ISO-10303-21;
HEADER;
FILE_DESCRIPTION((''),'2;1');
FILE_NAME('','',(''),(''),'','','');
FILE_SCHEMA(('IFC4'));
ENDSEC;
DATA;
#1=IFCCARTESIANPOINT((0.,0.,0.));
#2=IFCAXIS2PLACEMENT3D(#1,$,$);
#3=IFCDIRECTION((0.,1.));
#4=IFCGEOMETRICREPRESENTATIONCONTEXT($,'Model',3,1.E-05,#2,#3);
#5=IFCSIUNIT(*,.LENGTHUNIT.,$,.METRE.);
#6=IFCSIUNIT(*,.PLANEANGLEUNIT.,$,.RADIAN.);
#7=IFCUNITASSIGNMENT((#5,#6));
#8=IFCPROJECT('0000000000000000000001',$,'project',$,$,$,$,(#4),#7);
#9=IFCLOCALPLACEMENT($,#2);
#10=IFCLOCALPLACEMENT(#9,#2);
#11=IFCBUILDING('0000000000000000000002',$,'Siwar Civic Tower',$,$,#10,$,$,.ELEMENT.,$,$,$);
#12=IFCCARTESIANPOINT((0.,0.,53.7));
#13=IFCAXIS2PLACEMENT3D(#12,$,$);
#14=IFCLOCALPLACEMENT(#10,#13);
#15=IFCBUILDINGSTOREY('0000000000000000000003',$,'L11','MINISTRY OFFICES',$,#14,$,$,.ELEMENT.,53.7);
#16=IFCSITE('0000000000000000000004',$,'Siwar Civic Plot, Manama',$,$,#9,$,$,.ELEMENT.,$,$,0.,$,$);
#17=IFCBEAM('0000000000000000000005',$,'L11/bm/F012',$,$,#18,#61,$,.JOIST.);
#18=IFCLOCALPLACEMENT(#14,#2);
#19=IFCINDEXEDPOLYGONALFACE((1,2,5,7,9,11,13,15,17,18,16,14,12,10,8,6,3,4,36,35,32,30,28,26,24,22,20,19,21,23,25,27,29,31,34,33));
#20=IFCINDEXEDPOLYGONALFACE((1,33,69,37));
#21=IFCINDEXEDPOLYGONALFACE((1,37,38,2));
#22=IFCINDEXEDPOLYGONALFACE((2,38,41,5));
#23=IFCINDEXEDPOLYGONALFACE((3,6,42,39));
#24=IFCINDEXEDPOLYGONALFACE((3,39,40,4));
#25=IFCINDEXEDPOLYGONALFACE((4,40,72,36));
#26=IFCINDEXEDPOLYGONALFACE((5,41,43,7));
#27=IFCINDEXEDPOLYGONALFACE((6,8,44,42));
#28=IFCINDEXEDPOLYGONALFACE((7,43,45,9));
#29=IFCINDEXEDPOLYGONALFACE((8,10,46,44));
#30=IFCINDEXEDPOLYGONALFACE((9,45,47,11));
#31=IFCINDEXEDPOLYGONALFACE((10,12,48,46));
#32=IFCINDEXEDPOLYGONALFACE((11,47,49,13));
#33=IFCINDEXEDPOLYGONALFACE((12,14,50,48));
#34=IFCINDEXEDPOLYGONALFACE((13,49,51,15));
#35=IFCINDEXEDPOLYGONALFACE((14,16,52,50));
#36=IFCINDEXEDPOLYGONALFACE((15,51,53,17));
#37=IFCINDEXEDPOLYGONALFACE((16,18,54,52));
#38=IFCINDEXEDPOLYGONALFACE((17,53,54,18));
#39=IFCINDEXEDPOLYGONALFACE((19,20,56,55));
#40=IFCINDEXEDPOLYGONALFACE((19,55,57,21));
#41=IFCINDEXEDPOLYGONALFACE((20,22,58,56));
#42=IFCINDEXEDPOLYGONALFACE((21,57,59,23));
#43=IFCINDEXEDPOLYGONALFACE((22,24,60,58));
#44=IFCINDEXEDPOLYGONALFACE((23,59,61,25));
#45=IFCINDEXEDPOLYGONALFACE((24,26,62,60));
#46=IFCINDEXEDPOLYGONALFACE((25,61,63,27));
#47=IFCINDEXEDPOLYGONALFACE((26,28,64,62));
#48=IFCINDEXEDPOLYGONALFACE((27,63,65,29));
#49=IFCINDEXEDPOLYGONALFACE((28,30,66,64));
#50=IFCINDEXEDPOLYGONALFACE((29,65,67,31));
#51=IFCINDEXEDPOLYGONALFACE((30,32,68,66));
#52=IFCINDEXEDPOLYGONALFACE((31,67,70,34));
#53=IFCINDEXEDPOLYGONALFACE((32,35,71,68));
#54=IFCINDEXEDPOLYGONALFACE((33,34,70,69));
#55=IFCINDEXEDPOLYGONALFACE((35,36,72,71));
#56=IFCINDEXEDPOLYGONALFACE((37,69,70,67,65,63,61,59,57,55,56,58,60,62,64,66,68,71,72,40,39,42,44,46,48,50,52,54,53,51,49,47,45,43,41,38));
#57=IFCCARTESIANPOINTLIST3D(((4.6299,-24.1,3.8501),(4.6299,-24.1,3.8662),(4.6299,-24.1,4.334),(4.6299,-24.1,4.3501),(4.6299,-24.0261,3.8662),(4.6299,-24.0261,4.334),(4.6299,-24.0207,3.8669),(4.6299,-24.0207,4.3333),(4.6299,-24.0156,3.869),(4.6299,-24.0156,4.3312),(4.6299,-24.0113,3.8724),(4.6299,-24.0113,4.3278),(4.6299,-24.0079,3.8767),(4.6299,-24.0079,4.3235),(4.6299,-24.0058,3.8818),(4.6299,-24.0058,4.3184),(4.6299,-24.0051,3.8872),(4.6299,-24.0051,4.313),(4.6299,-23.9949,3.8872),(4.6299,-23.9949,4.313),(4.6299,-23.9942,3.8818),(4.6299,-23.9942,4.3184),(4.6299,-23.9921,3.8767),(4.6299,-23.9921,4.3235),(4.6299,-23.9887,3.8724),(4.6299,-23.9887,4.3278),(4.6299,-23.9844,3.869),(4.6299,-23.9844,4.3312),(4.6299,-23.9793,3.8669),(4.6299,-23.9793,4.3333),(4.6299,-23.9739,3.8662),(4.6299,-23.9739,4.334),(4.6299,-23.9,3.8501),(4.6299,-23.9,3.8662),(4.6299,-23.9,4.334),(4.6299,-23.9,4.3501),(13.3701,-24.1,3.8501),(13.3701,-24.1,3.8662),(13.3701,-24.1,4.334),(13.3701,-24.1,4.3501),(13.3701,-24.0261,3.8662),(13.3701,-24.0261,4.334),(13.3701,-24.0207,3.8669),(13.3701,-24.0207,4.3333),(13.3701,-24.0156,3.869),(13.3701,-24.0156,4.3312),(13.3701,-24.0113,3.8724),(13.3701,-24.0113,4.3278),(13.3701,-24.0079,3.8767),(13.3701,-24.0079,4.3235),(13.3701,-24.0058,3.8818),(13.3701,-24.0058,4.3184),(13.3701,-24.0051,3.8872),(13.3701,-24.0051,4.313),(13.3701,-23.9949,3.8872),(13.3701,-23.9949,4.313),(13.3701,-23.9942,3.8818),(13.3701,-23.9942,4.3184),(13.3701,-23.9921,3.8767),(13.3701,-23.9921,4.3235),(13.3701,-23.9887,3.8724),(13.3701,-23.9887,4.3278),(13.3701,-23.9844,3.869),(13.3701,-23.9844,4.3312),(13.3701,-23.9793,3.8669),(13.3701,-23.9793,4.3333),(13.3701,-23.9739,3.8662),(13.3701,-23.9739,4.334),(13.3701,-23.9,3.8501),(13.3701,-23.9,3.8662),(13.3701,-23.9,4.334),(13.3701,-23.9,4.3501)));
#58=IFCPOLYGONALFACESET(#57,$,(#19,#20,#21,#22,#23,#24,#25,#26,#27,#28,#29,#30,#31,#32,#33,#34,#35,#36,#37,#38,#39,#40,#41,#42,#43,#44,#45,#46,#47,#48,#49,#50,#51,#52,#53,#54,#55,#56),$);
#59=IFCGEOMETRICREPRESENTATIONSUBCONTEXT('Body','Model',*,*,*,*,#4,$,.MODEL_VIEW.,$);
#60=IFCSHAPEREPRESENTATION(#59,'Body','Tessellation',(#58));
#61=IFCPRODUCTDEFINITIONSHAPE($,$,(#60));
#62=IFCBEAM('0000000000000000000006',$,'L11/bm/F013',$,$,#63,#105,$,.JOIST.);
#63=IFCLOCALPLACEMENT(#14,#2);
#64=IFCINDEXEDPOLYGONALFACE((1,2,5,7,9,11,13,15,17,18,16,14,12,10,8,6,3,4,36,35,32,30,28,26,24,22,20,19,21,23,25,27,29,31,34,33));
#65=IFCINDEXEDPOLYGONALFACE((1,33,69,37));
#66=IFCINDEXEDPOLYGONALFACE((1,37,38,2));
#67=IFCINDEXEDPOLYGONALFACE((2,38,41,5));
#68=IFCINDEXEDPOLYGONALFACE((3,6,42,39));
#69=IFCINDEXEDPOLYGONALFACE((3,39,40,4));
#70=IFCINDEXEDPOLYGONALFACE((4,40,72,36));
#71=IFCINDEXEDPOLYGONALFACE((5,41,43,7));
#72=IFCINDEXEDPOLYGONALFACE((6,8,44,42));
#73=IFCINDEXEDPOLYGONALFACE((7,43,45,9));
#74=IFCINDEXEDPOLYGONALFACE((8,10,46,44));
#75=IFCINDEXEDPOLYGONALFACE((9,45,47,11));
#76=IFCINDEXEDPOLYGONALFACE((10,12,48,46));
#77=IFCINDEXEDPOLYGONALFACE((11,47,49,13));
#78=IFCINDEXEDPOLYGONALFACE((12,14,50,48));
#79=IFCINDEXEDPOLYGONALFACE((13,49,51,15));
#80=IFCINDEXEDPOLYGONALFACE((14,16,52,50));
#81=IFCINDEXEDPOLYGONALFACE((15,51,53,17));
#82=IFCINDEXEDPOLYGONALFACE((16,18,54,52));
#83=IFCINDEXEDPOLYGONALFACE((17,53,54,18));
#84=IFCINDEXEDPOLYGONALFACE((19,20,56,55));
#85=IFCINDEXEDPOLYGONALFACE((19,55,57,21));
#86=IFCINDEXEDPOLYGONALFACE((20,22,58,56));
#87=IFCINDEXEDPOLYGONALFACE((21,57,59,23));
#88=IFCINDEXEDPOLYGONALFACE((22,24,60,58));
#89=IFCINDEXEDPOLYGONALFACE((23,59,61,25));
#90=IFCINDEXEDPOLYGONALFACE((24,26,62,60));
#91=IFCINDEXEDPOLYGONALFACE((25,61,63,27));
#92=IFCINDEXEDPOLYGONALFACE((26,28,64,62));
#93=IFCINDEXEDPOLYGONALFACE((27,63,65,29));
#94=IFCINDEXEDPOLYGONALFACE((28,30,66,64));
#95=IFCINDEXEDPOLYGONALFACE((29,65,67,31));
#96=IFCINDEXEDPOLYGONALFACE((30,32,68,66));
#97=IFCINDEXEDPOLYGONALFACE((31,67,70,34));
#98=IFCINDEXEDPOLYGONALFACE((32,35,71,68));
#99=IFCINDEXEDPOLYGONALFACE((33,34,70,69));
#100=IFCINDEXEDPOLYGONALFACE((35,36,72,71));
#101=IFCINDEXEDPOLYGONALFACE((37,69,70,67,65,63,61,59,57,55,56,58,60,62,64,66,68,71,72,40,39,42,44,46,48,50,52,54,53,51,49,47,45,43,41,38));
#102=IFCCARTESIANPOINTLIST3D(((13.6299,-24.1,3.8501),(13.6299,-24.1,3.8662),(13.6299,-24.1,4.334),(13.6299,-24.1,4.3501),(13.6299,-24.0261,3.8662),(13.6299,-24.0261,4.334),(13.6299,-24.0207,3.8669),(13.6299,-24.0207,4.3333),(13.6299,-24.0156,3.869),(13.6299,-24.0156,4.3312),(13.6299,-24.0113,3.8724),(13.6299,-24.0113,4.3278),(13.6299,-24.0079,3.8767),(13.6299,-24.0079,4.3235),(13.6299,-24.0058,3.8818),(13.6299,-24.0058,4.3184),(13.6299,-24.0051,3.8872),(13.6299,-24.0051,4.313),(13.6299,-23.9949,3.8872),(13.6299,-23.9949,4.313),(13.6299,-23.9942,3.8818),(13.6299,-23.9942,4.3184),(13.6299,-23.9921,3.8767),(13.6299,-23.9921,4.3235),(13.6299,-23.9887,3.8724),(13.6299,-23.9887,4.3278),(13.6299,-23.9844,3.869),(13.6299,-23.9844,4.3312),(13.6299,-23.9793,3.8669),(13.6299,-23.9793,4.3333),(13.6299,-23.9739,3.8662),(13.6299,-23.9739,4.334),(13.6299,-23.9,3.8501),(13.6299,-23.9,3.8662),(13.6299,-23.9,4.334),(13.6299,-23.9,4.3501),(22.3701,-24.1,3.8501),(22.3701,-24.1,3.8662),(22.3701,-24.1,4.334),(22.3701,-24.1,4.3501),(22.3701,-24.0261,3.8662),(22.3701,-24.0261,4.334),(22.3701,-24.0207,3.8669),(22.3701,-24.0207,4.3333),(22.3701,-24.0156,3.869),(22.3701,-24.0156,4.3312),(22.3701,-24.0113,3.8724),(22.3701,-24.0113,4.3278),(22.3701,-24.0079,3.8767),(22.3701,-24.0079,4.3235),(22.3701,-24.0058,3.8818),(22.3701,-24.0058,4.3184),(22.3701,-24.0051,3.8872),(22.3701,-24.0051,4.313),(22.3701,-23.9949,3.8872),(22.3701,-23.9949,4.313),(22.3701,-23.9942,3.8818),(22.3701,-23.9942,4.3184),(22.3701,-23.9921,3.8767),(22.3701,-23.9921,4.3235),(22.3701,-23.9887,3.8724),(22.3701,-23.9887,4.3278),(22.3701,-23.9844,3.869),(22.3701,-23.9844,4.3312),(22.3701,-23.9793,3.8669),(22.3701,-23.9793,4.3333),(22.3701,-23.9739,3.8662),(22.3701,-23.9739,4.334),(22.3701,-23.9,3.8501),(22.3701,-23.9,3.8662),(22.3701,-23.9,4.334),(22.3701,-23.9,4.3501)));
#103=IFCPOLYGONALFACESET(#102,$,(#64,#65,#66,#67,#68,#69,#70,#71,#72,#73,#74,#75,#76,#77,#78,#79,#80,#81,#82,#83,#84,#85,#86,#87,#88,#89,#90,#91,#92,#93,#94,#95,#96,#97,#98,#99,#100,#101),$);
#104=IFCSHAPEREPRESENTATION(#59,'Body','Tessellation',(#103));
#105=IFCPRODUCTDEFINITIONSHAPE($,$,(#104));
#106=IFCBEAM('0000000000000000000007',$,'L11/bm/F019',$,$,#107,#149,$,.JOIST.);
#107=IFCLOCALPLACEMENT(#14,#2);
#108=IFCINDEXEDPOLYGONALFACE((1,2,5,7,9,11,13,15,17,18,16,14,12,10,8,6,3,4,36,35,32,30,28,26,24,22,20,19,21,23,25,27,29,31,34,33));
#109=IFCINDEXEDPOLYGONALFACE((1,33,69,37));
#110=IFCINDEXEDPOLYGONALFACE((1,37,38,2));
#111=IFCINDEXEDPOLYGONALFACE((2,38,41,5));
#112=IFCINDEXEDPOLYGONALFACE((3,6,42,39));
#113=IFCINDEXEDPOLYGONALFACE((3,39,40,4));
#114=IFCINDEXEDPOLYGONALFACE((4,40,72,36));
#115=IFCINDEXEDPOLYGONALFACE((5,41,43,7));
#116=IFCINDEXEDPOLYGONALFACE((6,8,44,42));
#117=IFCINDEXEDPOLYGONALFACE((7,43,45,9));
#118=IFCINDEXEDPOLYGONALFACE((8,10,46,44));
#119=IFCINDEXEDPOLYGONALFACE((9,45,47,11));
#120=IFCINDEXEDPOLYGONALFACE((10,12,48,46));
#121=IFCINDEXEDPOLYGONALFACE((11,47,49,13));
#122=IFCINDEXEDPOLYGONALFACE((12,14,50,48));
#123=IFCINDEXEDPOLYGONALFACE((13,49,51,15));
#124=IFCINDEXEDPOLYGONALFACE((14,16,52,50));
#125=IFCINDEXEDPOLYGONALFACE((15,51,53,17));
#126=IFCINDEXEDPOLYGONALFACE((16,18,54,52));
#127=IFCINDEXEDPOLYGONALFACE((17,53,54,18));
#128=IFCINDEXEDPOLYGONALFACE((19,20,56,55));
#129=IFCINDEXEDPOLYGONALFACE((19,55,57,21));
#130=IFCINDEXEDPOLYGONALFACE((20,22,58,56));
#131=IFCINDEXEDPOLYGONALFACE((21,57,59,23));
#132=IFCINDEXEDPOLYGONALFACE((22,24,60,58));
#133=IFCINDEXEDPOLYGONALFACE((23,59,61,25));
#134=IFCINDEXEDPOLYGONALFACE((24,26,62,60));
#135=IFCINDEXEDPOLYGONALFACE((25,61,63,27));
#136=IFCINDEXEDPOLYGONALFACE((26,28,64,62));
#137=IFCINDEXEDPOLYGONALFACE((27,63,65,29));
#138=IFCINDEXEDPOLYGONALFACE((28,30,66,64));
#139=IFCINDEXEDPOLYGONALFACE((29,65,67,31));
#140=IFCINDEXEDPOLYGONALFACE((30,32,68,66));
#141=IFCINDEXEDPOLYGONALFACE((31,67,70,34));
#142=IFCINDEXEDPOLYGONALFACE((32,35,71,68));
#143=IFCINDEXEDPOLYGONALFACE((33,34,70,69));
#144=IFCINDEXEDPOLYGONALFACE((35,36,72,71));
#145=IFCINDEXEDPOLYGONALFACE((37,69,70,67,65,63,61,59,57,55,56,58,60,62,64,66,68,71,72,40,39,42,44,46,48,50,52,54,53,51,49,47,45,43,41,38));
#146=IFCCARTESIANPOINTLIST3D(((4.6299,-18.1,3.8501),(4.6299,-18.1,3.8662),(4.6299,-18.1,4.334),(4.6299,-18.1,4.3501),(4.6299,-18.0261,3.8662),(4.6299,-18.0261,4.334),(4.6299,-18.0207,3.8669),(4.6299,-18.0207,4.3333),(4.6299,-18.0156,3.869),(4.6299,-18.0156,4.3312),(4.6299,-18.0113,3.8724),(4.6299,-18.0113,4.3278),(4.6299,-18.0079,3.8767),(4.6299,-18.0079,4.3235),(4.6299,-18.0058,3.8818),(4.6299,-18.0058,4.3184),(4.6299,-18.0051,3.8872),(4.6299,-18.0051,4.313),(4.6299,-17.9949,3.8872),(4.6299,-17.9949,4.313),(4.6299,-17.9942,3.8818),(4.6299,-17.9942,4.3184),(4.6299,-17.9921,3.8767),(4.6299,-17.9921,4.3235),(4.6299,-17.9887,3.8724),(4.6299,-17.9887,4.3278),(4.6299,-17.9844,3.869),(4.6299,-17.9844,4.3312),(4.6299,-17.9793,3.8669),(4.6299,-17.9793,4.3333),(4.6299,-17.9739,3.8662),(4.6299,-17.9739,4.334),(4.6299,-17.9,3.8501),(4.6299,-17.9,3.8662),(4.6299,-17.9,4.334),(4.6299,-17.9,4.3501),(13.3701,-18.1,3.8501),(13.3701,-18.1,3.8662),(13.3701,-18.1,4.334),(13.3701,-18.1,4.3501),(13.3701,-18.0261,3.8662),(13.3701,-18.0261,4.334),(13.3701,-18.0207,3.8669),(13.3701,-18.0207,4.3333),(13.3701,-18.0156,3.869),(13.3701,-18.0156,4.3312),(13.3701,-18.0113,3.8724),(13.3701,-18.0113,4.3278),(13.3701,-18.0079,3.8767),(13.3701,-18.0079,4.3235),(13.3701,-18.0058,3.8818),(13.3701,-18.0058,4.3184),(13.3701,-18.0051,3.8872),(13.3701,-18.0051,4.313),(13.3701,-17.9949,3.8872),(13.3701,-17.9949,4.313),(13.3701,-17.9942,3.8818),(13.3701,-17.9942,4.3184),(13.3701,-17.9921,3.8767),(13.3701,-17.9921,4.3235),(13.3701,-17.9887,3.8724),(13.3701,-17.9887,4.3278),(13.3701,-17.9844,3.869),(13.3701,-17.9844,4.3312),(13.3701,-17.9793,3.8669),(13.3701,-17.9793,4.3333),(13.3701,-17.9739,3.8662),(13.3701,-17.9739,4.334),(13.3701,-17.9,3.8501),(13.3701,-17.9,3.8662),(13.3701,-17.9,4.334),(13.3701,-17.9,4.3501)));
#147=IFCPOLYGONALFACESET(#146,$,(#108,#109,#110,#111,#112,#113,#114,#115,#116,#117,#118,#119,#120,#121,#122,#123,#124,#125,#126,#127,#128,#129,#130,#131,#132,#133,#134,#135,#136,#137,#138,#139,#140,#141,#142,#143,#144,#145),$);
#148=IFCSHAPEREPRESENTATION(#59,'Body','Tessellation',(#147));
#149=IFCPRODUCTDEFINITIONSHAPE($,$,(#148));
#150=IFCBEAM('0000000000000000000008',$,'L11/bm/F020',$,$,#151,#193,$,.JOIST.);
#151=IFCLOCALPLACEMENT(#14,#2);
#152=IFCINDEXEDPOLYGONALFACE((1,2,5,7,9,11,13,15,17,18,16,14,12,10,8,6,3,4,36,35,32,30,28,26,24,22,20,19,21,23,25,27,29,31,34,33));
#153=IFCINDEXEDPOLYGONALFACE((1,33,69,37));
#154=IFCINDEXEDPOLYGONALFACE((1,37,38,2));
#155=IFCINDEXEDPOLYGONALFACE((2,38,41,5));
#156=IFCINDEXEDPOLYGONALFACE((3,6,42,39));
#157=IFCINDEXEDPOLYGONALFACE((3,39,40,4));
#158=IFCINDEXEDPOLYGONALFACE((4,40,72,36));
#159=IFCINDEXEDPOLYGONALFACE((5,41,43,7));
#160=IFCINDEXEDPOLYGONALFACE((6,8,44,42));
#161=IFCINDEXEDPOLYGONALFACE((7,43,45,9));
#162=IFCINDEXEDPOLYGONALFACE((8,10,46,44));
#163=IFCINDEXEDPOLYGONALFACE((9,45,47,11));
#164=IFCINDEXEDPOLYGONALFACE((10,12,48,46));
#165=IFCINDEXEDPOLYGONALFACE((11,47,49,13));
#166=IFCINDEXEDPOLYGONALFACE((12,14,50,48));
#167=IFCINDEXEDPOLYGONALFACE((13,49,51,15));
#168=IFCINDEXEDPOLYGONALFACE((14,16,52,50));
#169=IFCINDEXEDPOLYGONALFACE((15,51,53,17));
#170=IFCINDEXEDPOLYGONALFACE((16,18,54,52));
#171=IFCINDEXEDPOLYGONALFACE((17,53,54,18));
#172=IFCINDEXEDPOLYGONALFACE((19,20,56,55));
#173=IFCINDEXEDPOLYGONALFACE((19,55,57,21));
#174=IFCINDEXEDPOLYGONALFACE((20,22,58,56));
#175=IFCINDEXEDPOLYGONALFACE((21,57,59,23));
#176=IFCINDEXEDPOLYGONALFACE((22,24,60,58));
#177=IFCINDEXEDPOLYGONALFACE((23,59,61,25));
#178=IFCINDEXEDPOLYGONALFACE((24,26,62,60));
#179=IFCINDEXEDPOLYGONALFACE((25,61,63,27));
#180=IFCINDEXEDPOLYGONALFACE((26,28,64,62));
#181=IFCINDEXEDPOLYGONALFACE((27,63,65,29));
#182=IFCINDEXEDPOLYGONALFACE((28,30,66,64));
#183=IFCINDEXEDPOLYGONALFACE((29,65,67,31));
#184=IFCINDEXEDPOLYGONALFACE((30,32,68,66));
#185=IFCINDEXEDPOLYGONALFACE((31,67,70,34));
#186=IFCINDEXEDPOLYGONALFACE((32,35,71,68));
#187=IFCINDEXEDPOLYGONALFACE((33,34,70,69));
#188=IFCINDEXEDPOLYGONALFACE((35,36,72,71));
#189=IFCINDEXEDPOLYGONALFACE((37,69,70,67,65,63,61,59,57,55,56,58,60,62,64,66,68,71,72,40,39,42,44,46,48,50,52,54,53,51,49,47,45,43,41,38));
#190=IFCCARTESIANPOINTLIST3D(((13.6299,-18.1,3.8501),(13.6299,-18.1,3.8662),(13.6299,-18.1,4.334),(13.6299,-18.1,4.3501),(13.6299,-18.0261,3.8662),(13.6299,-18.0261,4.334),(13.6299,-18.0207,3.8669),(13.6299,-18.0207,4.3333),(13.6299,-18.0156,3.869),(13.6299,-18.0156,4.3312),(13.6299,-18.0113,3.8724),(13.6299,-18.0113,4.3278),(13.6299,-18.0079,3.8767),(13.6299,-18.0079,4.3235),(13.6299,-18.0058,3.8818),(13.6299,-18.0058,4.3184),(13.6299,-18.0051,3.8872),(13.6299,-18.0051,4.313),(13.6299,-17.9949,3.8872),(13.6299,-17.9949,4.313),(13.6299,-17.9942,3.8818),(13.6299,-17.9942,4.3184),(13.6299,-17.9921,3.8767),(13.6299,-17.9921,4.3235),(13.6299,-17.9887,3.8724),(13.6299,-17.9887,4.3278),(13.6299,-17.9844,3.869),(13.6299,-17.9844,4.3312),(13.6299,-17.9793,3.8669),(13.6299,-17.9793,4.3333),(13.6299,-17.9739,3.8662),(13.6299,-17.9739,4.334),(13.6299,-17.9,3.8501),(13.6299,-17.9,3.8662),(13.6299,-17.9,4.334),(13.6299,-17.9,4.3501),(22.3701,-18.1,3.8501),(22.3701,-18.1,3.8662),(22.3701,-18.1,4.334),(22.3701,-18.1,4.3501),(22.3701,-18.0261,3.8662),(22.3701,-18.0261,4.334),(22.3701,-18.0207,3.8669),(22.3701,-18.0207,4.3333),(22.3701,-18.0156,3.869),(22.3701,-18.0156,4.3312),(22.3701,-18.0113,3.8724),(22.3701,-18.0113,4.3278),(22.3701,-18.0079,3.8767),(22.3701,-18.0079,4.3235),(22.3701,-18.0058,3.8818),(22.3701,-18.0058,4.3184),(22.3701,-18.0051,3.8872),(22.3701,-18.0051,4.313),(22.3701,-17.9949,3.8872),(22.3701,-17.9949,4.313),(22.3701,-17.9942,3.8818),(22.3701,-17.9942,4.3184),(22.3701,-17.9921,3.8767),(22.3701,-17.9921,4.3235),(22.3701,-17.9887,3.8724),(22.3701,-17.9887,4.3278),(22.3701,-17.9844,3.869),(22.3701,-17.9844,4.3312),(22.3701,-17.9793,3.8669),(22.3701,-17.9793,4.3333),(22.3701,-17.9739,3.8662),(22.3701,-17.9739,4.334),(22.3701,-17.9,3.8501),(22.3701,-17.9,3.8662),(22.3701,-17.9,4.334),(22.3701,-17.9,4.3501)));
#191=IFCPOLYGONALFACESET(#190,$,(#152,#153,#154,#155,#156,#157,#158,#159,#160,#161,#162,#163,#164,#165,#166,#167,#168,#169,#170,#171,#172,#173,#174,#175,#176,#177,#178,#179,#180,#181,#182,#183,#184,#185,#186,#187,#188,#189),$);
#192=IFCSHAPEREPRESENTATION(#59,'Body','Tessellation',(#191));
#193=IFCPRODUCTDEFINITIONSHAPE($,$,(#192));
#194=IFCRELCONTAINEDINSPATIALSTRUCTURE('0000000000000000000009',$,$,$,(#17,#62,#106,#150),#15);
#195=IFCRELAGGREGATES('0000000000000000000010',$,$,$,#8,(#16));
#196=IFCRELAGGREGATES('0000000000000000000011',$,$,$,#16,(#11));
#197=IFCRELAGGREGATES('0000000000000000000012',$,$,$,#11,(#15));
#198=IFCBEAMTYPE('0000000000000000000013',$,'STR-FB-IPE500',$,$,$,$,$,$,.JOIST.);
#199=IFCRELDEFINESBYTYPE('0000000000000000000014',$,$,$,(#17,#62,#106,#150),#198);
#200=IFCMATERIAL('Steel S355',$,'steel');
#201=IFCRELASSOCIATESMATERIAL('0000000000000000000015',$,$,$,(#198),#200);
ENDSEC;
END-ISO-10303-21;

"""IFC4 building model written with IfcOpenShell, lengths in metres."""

from ifc_helpers import new_model, si_unit, direction, frame, origin, origin_2d, place, context, subcontext, project, spatial, i_section, extrude, material, material_profile, profile_set, type_object, element, save


model = new_model("IFC4")

# Units and contexts
model_context = context("Model", 3, precision=1e-05, world=origin(), true_north=direction((0.0, 1.0)))
body_context = subcontext(model_context, "Body", "Model", "MODEL_VIEW")
ifc_project = project(units=[si_unit("LENGTHUNIT", "METRE"), si_unit("PLANEANGLEUNIT", "RADIAN")], contexts=[model_context])

# Site, building, storey
site_placement = place(None, origin())
site = spatial("IfcSite", under=ifc_project, at=site_placement, Name="Siwar Civic Plot, Manama", CompositionType="ELEMENT", RefElevation=0.0)
building_placement = place(site_placement, origin())
building = spatial("IfcBuilding", under=site, at=building_placement, Name="Siwar Civic Tower", CompositionType="ELEMENT")
storey_placement = place(building_placement, frame((0.0, 0.0, 53.7)))
storey = spatial("IfcBuildingStorey", under=building, at=storey_placement, Name="L11", Description="MINISTRY OFFICES", CompositionType="ELEMENT", Elevation=53.7)

# Beams
ifc_material_1 = material(Name="Steel S355", Category="steel")
ifc_material_profile_1 = material_profile(ifc_material_1, i_section(OverallWidth=0.2, OverallDepth=0.5, WebThickness=0.0103, FlangeThickness=0.0161, FilletRadius=0.021, at=origin_2d()), Name="IPE500")
ifc_profile_set_1 = profile_set([ifc_material_profile_1], Name="Steel S355")
beam_type_1 = type_object("IfcBeamType", Name="STR-FB-IPE500", PredefinedType="JOIST", material=ifc_profile_set_1)
for number, where, z_axis, x_axis, name in (
    (1, (4.6299, -24.0, 4.1001), (1.0, 0.0, 0.0), (0.0, 1.0, 0.0), "L11/bm/F012"),
    (2, (13.6299, -24.0, 4.1001), (1.0, 0.0, 0.0), (0.0, 1.0, 0.0), "L11/bm/F013"),
    (3, (4.6299, -18.0, 4.1001), (1.0, 0.0, 0.0), (0.0, 1.0, 0.0), "L11/bm/F019"),
    (4, (13.6299, -18.0, 4.1001), (1.0, 0.0, 0.0), (0.0, 1.0, 0.0), "L11/bm/F020"),
):
    element("IfcBeam", number, at=place(storey_placement, frame(where, z_axis=z_axis, x_axis=x_axis)), inside=storey, type_object=beam_type_1, Name=name, PredefinedType="JOIST", context=body_context, shape_type="SweptSolid", body=[
        extrude(i_section(OverallWidth=0.2, OverallDepth=0.5, WebThickness=0.0103, FlangeThickness=0.0161, FilletRadius=0.021, at=origin_2d()), origin(), (0.0, 0.0, 1.0), 8.7402),
    ])

save(model, "model.ifc")
